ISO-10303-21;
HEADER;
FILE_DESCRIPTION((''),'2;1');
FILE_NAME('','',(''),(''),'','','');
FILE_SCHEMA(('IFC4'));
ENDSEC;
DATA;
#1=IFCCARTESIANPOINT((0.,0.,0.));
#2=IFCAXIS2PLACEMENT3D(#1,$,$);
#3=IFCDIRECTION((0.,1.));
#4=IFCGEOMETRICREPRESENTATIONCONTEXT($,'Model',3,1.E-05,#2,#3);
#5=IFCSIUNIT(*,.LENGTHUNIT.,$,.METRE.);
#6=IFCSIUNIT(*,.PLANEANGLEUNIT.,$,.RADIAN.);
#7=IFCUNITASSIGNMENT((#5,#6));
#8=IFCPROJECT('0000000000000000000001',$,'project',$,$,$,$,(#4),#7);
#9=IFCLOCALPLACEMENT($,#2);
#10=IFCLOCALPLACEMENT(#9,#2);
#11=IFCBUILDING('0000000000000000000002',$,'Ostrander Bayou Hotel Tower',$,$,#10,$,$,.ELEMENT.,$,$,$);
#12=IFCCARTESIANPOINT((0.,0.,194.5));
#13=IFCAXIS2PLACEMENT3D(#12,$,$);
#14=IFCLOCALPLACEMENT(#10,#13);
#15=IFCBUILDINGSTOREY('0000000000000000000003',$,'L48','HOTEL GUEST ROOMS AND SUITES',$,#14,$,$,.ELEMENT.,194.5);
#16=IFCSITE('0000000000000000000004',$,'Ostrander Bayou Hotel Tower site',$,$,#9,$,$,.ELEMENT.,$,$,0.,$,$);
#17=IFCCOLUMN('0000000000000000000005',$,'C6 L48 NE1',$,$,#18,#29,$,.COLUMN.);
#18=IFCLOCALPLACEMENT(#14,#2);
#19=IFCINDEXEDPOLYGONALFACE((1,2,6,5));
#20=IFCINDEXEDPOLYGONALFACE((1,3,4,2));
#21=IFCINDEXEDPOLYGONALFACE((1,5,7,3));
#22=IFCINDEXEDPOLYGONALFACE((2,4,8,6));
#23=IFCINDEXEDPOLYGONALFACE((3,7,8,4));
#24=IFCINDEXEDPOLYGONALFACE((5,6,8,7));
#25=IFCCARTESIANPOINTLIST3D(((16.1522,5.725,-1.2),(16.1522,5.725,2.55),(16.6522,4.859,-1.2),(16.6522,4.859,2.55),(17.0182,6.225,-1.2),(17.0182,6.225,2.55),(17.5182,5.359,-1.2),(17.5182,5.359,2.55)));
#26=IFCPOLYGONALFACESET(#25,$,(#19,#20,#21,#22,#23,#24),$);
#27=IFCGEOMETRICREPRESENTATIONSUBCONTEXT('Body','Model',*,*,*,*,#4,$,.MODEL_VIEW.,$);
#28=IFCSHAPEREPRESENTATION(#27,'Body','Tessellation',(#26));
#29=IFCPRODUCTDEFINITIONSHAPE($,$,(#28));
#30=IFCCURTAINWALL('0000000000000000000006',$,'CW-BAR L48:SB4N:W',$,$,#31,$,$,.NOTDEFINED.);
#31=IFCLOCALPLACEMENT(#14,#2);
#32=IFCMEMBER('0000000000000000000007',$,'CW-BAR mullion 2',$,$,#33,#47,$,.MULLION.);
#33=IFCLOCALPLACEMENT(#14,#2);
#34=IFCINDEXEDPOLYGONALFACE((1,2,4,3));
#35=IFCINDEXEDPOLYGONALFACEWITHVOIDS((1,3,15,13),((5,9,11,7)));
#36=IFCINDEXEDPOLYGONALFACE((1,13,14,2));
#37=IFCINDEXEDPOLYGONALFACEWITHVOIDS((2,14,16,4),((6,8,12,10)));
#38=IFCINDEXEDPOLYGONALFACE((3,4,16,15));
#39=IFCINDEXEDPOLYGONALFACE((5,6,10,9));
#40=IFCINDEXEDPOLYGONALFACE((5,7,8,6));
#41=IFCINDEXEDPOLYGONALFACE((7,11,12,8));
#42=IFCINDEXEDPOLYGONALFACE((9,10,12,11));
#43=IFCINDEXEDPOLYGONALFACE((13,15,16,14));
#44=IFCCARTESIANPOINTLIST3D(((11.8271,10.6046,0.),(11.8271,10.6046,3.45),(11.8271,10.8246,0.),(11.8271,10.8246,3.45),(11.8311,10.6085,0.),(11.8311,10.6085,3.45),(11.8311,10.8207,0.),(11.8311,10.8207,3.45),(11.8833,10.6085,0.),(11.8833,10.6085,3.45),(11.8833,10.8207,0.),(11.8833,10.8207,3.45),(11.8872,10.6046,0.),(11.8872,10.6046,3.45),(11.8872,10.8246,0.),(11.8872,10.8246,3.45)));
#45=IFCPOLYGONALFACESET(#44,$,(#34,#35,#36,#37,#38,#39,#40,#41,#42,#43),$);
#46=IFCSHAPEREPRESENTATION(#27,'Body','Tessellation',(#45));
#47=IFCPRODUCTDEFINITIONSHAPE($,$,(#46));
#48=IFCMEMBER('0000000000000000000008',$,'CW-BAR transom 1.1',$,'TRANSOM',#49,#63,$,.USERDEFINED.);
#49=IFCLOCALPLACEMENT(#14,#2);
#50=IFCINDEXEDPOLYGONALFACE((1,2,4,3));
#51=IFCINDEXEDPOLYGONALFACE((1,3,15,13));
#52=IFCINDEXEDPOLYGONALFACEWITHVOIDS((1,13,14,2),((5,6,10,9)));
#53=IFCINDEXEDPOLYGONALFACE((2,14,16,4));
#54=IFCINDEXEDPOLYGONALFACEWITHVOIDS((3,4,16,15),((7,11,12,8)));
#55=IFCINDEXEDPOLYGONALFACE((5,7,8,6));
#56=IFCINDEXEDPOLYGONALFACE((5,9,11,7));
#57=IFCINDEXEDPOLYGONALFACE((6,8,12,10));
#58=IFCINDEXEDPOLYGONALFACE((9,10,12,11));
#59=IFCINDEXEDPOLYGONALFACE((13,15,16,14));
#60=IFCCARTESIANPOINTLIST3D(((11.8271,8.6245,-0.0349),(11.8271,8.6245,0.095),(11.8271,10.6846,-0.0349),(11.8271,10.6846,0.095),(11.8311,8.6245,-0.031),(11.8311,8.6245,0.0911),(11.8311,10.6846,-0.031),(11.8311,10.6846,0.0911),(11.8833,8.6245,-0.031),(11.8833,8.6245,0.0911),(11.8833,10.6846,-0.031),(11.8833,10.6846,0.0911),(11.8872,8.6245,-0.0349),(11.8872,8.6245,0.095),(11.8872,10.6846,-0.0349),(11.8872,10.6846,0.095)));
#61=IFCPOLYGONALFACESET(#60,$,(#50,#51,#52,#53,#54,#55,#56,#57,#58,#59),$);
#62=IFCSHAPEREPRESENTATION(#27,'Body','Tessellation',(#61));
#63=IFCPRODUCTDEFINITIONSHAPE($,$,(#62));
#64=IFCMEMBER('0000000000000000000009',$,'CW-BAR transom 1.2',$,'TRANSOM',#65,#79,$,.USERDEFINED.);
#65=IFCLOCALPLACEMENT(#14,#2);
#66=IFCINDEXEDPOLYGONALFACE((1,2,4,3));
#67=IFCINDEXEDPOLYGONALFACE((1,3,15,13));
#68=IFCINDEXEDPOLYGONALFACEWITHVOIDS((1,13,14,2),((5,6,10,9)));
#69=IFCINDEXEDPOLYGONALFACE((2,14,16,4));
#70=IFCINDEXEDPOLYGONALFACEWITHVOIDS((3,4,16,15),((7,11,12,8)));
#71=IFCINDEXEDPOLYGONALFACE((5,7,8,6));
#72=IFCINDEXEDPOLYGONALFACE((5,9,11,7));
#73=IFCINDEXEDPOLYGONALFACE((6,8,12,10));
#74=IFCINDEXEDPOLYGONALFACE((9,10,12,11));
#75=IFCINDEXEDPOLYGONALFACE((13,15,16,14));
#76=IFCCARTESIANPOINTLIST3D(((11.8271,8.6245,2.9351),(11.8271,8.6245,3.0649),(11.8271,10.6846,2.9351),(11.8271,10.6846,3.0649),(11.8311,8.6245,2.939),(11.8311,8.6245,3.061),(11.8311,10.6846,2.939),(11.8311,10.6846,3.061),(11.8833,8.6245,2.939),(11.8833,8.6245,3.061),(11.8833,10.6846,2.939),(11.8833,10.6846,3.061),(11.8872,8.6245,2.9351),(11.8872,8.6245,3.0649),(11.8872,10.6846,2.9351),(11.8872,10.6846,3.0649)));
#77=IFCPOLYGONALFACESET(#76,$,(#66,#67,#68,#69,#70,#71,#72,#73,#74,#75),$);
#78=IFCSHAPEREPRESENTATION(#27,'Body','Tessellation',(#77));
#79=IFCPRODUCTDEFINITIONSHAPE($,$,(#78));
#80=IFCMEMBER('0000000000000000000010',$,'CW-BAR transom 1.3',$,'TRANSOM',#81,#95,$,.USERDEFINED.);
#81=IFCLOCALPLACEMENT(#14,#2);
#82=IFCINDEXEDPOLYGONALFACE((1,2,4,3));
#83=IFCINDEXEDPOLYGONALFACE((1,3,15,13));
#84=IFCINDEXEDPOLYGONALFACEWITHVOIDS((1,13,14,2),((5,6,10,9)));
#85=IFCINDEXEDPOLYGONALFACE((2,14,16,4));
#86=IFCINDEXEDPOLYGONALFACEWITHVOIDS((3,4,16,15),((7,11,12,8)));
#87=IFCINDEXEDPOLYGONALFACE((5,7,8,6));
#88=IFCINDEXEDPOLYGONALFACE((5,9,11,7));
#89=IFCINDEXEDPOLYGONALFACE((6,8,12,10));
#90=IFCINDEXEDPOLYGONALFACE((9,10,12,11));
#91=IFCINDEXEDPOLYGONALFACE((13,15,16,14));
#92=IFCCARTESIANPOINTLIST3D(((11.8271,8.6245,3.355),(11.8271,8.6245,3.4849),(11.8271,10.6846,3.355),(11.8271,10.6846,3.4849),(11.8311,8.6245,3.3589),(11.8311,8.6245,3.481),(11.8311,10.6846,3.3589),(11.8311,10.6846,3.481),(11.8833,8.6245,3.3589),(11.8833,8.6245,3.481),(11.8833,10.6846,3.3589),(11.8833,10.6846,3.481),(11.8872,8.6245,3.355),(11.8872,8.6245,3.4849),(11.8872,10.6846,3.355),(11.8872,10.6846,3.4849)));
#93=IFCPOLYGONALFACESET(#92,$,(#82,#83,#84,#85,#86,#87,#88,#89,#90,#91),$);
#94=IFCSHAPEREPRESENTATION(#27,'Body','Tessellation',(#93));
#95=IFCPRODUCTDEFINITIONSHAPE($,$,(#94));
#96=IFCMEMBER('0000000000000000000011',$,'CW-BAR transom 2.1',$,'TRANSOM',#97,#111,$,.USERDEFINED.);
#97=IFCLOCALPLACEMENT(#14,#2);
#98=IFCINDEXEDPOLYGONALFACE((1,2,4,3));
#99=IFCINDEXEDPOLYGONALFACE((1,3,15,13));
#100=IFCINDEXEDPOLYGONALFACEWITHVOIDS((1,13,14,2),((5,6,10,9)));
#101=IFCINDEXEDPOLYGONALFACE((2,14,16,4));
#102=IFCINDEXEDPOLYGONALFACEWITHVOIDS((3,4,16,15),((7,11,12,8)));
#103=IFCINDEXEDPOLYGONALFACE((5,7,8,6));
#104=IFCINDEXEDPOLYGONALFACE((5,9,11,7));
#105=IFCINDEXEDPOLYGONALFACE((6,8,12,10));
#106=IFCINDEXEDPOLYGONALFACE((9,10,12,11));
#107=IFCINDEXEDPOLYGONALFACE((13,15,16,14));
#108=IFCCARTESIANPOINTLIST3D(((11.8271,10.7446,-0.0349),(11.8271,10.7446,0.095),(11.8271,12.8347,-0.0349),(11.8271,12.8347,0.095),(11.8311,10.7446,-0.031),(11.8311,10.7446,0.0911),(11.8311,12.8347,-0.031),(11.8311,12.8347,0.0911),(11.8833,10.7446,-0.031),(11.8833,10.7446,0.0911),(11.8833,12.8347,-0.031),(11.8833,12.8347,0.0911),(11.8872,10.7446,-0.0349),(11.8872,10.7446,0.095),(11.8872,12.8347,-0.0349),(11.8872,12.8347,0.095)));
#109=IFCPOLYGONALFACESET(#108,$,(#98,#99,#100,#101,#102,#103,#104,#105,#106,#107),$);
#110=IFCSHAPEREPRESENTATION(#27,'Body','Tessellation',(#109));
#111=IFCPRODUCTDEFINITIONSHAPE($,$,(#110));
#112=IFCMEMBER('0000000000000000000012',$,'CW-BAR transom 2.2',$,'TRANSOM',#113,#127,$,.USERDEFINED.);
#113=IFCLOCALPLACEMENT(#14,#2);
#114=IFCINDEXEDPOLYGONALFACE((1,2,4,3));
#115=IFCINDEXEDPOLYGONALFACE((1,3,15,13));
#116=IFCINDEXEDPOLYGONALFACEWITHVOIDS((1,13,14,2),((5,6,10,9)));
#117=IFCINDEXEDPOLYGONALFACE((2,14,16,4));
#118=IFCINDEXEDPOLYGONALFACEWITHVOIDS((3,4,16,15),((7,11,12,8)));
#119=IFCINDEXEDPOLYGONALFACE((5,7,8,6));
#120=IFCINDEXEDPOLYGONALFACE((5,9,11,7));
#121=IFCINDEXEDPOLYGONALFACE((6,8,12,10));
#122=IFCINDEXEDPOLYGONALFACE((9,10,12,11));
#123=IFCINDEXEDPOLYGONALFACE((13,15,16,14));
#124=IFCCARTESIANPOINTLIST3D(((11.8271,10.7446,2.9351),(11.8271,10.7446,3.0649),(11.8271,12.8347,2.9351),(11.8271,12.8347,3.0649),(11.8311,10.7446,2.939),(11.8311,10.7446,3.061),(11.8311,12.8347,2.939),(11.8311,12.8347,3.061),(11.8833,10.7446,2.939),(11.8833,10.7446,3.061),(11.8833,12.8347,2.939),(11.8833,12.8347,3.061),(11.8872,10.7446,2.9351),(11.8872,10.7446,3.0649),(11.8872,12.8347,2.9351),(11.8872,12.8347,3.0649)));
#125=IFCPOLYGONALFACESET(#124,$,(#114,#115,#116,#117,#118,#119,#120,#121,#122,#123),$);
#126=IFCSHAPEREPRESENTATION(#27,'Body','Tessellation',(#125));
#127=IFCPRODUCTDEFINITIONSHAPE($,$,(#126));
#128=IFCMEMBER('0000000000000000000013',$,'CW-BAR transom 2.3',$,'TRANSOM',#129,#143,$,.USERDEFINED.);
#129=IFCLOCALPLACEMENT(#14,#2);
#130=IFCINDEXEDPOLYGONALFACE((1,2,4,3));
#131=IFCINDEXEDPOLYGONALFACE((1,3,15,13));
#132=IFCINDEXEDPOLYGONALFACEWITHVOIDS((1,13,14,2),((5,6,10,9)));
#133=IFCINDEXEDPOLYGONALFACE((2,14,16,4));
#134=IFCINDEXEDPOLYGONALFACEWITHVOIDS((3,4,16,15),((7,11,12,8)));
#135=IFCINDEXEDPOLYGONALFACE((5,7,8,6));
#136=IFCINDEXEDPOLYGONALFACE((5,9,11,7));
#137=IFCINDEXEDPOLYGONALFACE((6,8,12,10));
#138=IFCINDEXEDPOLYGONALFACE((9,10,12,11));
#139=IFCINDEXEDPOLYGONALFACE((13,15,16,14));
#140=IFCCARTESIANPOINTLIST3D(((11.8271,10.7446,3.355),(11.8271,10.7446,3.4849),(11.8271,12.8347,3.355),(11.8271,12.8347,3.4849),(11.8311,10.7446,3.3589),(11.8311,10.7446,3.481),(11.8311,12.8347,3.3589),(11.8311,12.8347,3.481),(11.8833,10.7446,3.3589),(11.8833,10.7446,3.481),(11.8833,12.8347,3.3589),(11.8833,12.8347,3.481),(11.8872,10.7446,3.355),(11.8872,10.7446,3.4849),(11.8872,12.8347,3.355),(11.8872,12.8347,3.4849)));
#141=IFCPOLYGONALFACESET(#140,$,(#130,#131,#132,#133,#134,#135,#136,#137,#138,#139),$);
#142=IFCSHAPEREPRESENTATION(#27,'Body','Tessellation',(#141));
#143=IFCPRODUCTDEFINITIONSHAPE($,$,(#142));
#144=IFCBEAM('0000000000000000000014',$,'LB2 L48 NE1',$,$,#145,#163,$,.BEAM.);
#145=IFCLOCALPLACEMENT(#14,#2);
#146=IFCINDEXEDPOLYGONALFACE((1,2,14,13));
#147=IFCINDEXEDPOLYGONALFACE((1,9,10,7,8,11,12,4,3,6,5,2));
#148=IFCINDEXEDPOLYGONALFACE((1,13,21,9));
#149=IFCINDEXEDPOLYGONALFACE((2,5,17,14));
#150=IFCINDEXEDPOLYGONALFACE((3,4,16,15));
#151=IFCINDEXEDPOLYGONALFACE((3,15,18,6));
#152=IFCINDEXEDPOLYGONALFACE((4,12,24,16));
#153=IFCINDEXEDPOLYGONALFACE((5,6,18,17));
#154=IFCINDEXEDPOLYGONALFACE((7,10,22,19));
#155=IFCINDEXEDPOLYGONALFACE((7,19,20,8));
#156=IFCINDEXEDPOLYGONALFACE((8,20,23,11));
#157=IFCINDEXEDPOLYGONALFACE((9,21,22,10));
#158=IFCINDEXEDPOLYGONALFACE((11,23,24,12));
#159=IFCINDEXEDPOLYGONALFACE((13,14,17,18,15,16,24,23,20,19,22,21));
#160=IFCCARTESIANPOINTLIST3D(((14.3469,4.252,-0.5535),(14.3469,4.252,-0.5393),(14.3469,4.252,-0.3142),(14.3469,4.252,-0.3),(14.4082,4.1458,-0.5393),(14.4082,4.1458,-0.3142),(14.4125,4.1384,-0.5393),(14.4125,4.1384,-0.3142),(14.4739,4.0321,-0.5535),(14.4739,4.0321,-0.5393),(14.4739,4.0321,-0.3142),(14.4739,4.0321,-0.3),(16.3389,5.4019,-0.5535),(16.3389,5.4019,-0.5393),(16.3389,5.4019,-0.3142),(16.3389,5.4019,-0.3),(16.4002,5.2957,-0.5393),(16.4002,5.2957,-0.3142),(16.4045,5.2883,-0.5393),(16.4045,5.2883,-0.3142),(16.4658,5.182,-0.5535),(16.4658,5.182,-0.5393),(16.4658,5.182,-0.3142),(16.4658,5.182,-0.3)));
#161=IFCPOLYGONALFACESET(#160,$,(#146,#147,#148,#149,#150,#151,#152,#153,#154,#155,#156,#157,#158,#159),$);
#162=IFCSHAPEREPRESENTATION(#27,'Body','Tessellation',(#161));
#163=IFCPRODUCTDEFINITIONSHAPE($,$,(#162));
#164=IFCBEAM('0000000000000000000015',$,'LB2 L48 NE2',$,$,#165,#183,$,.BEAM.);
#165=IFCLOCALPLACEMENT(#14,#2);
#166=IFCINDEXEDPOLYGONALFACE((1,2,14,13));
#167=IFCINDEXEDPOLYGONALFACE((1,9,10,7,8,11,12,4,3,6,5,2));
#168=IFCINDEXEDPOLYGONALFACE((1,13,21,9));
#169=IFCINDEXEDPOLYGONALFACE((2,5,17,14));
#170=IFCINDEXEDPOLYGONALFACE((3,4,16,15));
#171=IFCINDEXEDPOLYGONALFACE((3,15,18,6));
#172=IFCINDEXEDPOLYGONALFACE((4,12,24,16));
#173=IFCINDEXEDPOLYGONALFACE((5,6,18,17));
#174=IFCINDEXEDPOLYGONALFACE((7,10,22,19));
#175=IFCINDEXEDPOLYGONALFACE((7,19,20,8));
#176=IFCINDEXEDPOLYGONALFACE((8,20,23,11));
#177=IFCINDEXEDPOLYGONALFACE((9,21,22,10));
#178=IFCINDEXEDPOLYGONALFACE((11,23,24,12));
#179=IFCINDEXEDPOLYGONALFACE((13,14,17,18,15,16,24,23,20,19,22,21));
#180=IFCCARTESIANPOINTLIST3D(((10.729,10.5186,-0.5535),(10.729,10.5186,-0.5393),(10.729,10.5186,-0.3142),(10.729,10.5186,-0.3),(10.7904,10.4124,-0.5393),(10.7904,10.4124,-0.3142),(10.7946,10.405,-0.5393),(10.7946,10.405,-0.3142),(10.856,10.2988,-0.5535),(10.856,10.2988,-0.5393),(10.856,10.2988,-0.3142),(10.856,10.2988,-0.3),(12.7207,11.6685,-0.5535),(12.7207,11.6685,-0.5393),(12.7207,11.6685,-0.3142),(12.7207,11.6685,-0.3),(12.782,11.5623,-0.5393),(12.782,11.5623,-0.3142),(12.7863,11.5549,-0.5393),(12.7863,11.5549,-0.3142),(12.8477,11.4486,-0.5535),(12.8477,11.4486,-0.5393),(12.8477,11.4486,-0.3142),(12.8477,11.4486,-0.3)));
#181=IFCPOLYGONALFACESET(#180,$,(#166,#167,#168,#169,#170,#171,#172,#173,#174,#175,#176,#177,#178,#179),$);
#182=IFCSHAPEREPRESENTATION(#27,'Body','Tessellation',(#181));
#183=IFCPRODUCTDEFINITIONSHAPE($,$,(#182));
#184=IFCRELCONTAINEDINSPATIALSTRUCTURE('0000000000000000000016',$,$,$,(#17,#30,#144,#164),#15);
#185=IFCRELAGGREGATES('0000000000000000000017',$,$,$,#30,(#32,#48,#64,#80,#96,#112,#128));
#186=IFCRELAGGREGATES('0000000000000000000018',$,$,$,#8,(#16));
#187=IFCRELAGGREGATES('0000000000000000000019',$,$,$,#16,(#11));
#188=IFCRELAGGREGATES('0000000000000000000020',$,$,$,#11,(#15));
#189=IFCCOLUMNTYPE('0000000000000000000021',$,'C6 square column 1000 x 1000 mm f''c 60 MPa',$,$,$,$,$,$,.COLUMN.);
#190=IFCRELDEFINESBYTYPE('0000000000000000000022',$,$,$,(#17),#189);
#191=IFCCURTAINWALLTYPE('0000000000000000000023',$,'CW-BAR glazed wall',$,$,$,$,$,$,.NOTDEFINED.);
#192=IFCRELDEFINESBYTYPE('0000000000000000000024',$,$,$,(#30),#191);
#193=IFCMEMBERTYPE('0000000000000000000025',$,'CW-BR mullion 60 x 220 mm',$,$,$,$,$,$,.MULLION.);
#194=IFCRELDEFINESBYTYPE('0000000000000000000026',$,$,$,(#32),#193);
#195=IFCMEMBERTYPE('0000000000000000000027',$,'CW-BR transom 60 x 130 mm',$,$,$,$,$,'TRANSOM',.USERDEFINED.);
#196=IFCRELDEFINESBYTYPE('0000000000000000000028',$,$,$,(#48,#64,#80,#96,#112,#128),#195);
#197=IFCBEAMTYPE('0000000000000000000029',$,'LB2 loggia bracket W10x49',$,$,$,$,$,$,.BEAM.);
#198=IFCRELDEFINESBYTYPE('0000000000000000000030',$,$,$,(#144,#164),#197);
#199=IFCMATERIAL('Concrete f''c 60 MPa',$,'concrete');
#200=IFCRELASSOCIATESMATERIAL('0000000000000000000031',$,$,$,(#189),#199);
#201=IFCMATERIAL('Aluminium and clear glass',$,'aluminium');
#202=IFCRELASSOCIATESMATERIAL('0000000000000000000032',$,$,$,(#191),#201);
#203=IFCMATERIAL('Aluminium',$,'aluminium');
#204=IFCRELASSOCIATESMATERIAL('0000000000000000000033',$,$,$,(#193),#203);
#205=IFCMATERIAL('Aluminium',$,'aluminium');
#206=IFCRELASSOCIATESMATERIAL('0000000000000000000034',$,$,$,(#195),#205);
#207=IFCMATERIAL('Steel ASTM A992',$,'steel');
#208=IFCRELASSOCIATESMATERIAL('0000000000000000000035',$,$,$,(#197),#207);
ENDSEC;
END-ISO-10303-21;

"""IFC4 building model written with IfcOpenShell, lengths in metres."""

from ifc_helpers import new_model, si_unit, direction, frame, origin, origin_2d, place, context, subcontext, project, spatial, rectangle, hollow_rectangle, i_section, extrude, material, material_profile, profile_set, type_object, element, aggregate, save


model = new_model("IFC4")

# Units and contexts
model_context = context("Model", 3, precision=1e-05, world=origin(), true_north=direction((0.0, 1.0)))
body_context = subcontext(model_context, "Body", "Model", "MODEL_VIEW")
ifc_project = project(units=[si_unit("LENGTHUNIT", "METRE"), si_unit("PLANEANGLEUNIT", "RADIAN")], contexts=[model_context])

# Site, building, storey
site_placement = place(None, origin())
site = spatial("IfcSite", under=ifc_project, at=site_placement, Name="Ostrander Bayou Hotel Tower site", CompositionType="ELEMENT", RefElevation=0.0)
building_placement = place(site_placement, origin())
building = spatial("IfcBuilding", under=site, at=building_placement, Name="Ostrander Bayou Hotel Tower", CompositionType="ELEMENT")
storey_placement = place(building_placement, frame((0.0, 0.0, 194.5)))
storey = spatial("IfcBuildingStorey", under=building, at=storey_placement, Name="L48", Description="HOTEL GUEST ROOMS AND SUITES", CompositionType="ELEMENT", Elevation=194.5)

# Column
ifc_material_1 = material(Name="Concrete f'c 60 MPa", Category="concrete")
ifc_material_profile_1 = material_profile(ifc_material_1, rectangle(XDim=1.0, YDim=1.0, at=origin_2d()))
ifc_profile_set_1 = profile_set([ifc_material_profile_1], Name="Concrete f'c 60 MPa")
column_type = type_object("IfcColumnType", Name="C6 square column 1000 x 1000 mm f'c 60 MPa", PredefinedType="COLUMN", material=ifc_profile_set_1)
column_placement = place(storey_placement, frame((16.8352, 5.542, -1.2), z_axis=(0.0, 0.0, 1.0), x_axis=(0.5, -0.866025, 0.0)))
element("IfcColumn", 1, at=column_placement, inside=storey, type_object=column_type, Name="C6 L48 NE1", PredefinedType="COLUMN", context=body_context, shape_type="SweptSolid", body=[
    extrude(rectangle(XDim=1.0, YDim=1.0, at=origin_2d()), origin(), (0.0, 0.0, 1.0), 3.75),
])

# Curtain wall, members
ifc_material_2 = material(Name="Aluminium and clear glass", Category="aluminium")
curtain_wall_type = type_object("IfcCurtainWallType", Name="CW-BAR glazed wall", PredefinedType="NOTDEFINED", material=ifc_material_2)
curtain_wall_placement = place(storey_placement, origin())
curtain_wall = element("IfcCurtainWall", 2, at=curtain_wall_placement, inside=storey, type_object=curtain_wall_type, Name="CW-BAR L48:SB4N:W", PredefinedType="NOTDEFINED")
ifc_material_3 = material(Name="Aluminium", Category="aluminium")
ifc_material_profile_2 = material_profile(ifc_material_3, hollow_rectangle(XDim=0.0601, YDim=0.22, WallThickness=0.0039, at=origin_2d()))
ifc_profile_set_2 = profile_set([ifc_material_profile_2], Name="Aluminium")
member_type_1 = type_object("IfcMemberType", Name="CW-BR mullion 60 x 220 mm", PredefinedType="MULLION", material=ifc_profile_set_2)
member_1_placement = place(storey_placement, frame((11.8572, 10.7146, 0.0), z_axis=(0.0, 0.0, 1.0), x_axis=(-1.0, 0.0, 0.0)))
member_1 = element("IfcMember", 3, at=member_1_placement, type_object=member_type_1, Name="CW-BAR mullion 2", PredefinedType="MULLION", context=body_context, shape_type="SweptSolid", body=[
    extrude(hollow_rectangle(XDim=0.0601, YDim=0.22, WallThickness=0.0039, at=origin_2d()), origin(), (0.0, 0.0, 1.0), 3.45),
])
ifc_material_4 = material(Name="Aluminium", Category="aluminium")
ifc_material_profile_3 = material_profile(ifc_material_4, hollow_rectangle(XDim=0.0601, YDim=0.1299, WallThickness=0.0039, at=origin_2d()))
ifc_profile_set_3 = profile_set([ifc_material_profile_3], Name="Aluminium")
member_type_2 = type_object("IfcMemberType", Name="CW-BR transom 60 x 130 mm", ElementType="TRANSOM", PredefinedType="USERDEFINED", material=ifc_profile_set_3)
member_2_placement = place(storey_placement, frame((11.8572, 8.6245, 0.03), z_axis=(0.0, 1.0, 0.0), x_axis=(-1.0, 0.0, 0.0)))
member_2 = element("IfcMember", 4, at=member_2_placement, type_object=member_type_2, Name="CW-BAR transom 1.1", ObjectType="TRANSOM", PredefinedType="USERDEFINED", context=body_context, shape_type="SweptSolid", body=[
    extrude(hollow_rectangle(XDim=0.0601, YDim=0.1299, WallThickness=0.0039, at=origin_2d()), origin(), (0.0, 0.0, 1.0), 2.0601),
])
member_3_placement = place(storey_placement, frame((11.8572, 8.6245, 3.0), z_axis=(0.0, 1.0, 0.0), x_axis=(-1.0, 0.0, 0.0)))
member_3 = element("IfcMember", 5, at=member_3_placement, type_object=member_type_2, Name="CW-BAR transom 1.2", ObjectType="TRANSOM", PredefinedType="USERDEFINED", context=body_context, shape_type="SweptSolid", body=[
    extrude(hollow_rectangle(XDim=0.0601, YDim=0.1299, WallThickness=0.0039, at=origin_2d()), origin(), (0.0, 0.0, 1.0), 2.0601),
])
member_4_placement = place(storey_placement, frame((11.8572, 8.6245, 3.4199), z_axis=(0.0, 1.0, 0.0), x_axis=(-1.0, 0.0, 0.0)))
member_4 = element("IfcMember", 6, at=member_4_placement, type_object=member_type_2, Name="CW-BAR transom 1.3", ObjectType="TRANSOM", PredefinedType="USERDEFINED", context=body_context, shape_type="SweptSolid", body=[
    extrude(hollow_rectangle(XDim=0.0601, YDim=0.1299, WallThickness=0.0039, at=origin_2d()), origin(), (0.0, 0.0, 1.0), 2.0601),
])
member_5_placement = place(storey_placement, frame((11.8572, 10.7446, 0.03), z_axis=(0.0, 1.0, 0.0), x_axis=(-1.0, 0.0, 0.0)))
member_5 = element("IfcMember", 7, at=member_5_placement, type_object=member_type_2, Name="CW-BAR transom 2.1", ObjectType="TRANSOM", PredefinedType="USERDEFINED", context=body_context, shape_type="SweptSolid", body=[
    extrude(hollow_rectangle(XDim=0.0601, YDim=0.1299, WallThickness=0.0039, at=origin_2d()), origin(), (0.0, 0.0, 1.0), 2.0901),
])
member_6_placement = place(storey_placement, frame((11.8572, 10.7446, 3.0), z_axis=(0.0, 1.0, 0.0), x_axis=(-1.0, 0.0, 0.0)))
member_6 = element("IfcMember", 8, at=member_6_placement, type_object=member_type_2, Name="CW-BAR transom 2.2", ObjectType="TRANSOM", PredefinedType="USERDEFINED", context=body_context, shape_type="SweptSolid", body=[
    extrude(hollow_rectangle(XDim=0.0601, YDim=0.1299, WallThickness=0.0039, at=origin_2d()), origin(), (0.0, 0.0, 1.0), 2.0901),
])
member_7_placement = place(storey_placement, frame((11.8572, 10.7446, 3.4199), z_axis=(0.0, 1.0, 0.0), x_axis=(-1.0, 0.0, 0.0)))
member_7 = element("IfcMember", 9, at=member_7_placement, type_object=member_type_2, Name="CW-BAR transom 2.3", ObjectType="TRANSOM", PredefinedType="USERDEFINED", context=body_context, shape_type="SweptSolid", body=[
    extrude(hollow_rectangle(XDim=0.0601, YDim=0.1299, WallThickness=0.0039, at=origin_2d()), origin(), (0.0, 0.0, 1.0), 2.0901),
])

# Beams
ifc_material_5 = material(Name="Steel ASTM A992", Category="steel")
ifc_material_profile_4 = material_profile(ifc_material_5, i_section(OverallWidth=0.2539, OverallDepth=0.2534, WebThickness=0.0085, FlangeThickness=0.0142, at=origin_2d()))
ifc_profile_set_4 = profile_set([ifc_material_profile_4], Name="Steel ASTM A992")
beam_type_1 = type_object("IfcBeamType", Name="LB2 loggia bracket W10x49", PredefinedType="BEAM", material=ifc_profile_set_4)
beam_1_placement = place(storey_placement, frame((16.4023, 5.292, -0.4268), z_axis=(-0.866053, -0.499952, 0.0), x_axis=(0.499952, -0.866053, 0.0)))
element("IfcBeam", 10, at=beam_1_placement, inside=storey, type_object=beam_type_1, Name="LB2 L48 NE1", PredefinedType="BEAM", context=body_context, shape_type="SweptSolid", body=[
    extrude(i_section(OverallWidth=0.2539, OverallDepth=0.2534, WebThickness=0.0085, FlangeThickness=0.0142, at=origin_2d()), origin(), (0.0, 0.0, 1.0), 2.3),
])
beam_2_placement = place(storey_placement, frame((12.7842, 11.5586, -0.4268), z_axis=(-0.866026, -0.499998, 0.0), x_axis=(0.499998, -0.866026, 0.0)))
element("IfcBeam", 11, at=beam_2_placement, inside=storey, type_object=beam_type_1, Name="LB2 L48 NE2", PredefinedType="BEAM", context=body_context, shape_type="SweptSolid", body=[
    extrude(i_section(OverallWidth=0.2539, OverallDepth=0.2534, WebThickness=0.0085, FlangeThickness=0.0142, at=origin_2d()), origin(), (0.0, 0.0, 1.0), 2.2998),
])

aggregate(curtain_wall, [member_1, member_2, member_3, member_4, member_5, member_6, member_7])

save(model, "model.ifc")
